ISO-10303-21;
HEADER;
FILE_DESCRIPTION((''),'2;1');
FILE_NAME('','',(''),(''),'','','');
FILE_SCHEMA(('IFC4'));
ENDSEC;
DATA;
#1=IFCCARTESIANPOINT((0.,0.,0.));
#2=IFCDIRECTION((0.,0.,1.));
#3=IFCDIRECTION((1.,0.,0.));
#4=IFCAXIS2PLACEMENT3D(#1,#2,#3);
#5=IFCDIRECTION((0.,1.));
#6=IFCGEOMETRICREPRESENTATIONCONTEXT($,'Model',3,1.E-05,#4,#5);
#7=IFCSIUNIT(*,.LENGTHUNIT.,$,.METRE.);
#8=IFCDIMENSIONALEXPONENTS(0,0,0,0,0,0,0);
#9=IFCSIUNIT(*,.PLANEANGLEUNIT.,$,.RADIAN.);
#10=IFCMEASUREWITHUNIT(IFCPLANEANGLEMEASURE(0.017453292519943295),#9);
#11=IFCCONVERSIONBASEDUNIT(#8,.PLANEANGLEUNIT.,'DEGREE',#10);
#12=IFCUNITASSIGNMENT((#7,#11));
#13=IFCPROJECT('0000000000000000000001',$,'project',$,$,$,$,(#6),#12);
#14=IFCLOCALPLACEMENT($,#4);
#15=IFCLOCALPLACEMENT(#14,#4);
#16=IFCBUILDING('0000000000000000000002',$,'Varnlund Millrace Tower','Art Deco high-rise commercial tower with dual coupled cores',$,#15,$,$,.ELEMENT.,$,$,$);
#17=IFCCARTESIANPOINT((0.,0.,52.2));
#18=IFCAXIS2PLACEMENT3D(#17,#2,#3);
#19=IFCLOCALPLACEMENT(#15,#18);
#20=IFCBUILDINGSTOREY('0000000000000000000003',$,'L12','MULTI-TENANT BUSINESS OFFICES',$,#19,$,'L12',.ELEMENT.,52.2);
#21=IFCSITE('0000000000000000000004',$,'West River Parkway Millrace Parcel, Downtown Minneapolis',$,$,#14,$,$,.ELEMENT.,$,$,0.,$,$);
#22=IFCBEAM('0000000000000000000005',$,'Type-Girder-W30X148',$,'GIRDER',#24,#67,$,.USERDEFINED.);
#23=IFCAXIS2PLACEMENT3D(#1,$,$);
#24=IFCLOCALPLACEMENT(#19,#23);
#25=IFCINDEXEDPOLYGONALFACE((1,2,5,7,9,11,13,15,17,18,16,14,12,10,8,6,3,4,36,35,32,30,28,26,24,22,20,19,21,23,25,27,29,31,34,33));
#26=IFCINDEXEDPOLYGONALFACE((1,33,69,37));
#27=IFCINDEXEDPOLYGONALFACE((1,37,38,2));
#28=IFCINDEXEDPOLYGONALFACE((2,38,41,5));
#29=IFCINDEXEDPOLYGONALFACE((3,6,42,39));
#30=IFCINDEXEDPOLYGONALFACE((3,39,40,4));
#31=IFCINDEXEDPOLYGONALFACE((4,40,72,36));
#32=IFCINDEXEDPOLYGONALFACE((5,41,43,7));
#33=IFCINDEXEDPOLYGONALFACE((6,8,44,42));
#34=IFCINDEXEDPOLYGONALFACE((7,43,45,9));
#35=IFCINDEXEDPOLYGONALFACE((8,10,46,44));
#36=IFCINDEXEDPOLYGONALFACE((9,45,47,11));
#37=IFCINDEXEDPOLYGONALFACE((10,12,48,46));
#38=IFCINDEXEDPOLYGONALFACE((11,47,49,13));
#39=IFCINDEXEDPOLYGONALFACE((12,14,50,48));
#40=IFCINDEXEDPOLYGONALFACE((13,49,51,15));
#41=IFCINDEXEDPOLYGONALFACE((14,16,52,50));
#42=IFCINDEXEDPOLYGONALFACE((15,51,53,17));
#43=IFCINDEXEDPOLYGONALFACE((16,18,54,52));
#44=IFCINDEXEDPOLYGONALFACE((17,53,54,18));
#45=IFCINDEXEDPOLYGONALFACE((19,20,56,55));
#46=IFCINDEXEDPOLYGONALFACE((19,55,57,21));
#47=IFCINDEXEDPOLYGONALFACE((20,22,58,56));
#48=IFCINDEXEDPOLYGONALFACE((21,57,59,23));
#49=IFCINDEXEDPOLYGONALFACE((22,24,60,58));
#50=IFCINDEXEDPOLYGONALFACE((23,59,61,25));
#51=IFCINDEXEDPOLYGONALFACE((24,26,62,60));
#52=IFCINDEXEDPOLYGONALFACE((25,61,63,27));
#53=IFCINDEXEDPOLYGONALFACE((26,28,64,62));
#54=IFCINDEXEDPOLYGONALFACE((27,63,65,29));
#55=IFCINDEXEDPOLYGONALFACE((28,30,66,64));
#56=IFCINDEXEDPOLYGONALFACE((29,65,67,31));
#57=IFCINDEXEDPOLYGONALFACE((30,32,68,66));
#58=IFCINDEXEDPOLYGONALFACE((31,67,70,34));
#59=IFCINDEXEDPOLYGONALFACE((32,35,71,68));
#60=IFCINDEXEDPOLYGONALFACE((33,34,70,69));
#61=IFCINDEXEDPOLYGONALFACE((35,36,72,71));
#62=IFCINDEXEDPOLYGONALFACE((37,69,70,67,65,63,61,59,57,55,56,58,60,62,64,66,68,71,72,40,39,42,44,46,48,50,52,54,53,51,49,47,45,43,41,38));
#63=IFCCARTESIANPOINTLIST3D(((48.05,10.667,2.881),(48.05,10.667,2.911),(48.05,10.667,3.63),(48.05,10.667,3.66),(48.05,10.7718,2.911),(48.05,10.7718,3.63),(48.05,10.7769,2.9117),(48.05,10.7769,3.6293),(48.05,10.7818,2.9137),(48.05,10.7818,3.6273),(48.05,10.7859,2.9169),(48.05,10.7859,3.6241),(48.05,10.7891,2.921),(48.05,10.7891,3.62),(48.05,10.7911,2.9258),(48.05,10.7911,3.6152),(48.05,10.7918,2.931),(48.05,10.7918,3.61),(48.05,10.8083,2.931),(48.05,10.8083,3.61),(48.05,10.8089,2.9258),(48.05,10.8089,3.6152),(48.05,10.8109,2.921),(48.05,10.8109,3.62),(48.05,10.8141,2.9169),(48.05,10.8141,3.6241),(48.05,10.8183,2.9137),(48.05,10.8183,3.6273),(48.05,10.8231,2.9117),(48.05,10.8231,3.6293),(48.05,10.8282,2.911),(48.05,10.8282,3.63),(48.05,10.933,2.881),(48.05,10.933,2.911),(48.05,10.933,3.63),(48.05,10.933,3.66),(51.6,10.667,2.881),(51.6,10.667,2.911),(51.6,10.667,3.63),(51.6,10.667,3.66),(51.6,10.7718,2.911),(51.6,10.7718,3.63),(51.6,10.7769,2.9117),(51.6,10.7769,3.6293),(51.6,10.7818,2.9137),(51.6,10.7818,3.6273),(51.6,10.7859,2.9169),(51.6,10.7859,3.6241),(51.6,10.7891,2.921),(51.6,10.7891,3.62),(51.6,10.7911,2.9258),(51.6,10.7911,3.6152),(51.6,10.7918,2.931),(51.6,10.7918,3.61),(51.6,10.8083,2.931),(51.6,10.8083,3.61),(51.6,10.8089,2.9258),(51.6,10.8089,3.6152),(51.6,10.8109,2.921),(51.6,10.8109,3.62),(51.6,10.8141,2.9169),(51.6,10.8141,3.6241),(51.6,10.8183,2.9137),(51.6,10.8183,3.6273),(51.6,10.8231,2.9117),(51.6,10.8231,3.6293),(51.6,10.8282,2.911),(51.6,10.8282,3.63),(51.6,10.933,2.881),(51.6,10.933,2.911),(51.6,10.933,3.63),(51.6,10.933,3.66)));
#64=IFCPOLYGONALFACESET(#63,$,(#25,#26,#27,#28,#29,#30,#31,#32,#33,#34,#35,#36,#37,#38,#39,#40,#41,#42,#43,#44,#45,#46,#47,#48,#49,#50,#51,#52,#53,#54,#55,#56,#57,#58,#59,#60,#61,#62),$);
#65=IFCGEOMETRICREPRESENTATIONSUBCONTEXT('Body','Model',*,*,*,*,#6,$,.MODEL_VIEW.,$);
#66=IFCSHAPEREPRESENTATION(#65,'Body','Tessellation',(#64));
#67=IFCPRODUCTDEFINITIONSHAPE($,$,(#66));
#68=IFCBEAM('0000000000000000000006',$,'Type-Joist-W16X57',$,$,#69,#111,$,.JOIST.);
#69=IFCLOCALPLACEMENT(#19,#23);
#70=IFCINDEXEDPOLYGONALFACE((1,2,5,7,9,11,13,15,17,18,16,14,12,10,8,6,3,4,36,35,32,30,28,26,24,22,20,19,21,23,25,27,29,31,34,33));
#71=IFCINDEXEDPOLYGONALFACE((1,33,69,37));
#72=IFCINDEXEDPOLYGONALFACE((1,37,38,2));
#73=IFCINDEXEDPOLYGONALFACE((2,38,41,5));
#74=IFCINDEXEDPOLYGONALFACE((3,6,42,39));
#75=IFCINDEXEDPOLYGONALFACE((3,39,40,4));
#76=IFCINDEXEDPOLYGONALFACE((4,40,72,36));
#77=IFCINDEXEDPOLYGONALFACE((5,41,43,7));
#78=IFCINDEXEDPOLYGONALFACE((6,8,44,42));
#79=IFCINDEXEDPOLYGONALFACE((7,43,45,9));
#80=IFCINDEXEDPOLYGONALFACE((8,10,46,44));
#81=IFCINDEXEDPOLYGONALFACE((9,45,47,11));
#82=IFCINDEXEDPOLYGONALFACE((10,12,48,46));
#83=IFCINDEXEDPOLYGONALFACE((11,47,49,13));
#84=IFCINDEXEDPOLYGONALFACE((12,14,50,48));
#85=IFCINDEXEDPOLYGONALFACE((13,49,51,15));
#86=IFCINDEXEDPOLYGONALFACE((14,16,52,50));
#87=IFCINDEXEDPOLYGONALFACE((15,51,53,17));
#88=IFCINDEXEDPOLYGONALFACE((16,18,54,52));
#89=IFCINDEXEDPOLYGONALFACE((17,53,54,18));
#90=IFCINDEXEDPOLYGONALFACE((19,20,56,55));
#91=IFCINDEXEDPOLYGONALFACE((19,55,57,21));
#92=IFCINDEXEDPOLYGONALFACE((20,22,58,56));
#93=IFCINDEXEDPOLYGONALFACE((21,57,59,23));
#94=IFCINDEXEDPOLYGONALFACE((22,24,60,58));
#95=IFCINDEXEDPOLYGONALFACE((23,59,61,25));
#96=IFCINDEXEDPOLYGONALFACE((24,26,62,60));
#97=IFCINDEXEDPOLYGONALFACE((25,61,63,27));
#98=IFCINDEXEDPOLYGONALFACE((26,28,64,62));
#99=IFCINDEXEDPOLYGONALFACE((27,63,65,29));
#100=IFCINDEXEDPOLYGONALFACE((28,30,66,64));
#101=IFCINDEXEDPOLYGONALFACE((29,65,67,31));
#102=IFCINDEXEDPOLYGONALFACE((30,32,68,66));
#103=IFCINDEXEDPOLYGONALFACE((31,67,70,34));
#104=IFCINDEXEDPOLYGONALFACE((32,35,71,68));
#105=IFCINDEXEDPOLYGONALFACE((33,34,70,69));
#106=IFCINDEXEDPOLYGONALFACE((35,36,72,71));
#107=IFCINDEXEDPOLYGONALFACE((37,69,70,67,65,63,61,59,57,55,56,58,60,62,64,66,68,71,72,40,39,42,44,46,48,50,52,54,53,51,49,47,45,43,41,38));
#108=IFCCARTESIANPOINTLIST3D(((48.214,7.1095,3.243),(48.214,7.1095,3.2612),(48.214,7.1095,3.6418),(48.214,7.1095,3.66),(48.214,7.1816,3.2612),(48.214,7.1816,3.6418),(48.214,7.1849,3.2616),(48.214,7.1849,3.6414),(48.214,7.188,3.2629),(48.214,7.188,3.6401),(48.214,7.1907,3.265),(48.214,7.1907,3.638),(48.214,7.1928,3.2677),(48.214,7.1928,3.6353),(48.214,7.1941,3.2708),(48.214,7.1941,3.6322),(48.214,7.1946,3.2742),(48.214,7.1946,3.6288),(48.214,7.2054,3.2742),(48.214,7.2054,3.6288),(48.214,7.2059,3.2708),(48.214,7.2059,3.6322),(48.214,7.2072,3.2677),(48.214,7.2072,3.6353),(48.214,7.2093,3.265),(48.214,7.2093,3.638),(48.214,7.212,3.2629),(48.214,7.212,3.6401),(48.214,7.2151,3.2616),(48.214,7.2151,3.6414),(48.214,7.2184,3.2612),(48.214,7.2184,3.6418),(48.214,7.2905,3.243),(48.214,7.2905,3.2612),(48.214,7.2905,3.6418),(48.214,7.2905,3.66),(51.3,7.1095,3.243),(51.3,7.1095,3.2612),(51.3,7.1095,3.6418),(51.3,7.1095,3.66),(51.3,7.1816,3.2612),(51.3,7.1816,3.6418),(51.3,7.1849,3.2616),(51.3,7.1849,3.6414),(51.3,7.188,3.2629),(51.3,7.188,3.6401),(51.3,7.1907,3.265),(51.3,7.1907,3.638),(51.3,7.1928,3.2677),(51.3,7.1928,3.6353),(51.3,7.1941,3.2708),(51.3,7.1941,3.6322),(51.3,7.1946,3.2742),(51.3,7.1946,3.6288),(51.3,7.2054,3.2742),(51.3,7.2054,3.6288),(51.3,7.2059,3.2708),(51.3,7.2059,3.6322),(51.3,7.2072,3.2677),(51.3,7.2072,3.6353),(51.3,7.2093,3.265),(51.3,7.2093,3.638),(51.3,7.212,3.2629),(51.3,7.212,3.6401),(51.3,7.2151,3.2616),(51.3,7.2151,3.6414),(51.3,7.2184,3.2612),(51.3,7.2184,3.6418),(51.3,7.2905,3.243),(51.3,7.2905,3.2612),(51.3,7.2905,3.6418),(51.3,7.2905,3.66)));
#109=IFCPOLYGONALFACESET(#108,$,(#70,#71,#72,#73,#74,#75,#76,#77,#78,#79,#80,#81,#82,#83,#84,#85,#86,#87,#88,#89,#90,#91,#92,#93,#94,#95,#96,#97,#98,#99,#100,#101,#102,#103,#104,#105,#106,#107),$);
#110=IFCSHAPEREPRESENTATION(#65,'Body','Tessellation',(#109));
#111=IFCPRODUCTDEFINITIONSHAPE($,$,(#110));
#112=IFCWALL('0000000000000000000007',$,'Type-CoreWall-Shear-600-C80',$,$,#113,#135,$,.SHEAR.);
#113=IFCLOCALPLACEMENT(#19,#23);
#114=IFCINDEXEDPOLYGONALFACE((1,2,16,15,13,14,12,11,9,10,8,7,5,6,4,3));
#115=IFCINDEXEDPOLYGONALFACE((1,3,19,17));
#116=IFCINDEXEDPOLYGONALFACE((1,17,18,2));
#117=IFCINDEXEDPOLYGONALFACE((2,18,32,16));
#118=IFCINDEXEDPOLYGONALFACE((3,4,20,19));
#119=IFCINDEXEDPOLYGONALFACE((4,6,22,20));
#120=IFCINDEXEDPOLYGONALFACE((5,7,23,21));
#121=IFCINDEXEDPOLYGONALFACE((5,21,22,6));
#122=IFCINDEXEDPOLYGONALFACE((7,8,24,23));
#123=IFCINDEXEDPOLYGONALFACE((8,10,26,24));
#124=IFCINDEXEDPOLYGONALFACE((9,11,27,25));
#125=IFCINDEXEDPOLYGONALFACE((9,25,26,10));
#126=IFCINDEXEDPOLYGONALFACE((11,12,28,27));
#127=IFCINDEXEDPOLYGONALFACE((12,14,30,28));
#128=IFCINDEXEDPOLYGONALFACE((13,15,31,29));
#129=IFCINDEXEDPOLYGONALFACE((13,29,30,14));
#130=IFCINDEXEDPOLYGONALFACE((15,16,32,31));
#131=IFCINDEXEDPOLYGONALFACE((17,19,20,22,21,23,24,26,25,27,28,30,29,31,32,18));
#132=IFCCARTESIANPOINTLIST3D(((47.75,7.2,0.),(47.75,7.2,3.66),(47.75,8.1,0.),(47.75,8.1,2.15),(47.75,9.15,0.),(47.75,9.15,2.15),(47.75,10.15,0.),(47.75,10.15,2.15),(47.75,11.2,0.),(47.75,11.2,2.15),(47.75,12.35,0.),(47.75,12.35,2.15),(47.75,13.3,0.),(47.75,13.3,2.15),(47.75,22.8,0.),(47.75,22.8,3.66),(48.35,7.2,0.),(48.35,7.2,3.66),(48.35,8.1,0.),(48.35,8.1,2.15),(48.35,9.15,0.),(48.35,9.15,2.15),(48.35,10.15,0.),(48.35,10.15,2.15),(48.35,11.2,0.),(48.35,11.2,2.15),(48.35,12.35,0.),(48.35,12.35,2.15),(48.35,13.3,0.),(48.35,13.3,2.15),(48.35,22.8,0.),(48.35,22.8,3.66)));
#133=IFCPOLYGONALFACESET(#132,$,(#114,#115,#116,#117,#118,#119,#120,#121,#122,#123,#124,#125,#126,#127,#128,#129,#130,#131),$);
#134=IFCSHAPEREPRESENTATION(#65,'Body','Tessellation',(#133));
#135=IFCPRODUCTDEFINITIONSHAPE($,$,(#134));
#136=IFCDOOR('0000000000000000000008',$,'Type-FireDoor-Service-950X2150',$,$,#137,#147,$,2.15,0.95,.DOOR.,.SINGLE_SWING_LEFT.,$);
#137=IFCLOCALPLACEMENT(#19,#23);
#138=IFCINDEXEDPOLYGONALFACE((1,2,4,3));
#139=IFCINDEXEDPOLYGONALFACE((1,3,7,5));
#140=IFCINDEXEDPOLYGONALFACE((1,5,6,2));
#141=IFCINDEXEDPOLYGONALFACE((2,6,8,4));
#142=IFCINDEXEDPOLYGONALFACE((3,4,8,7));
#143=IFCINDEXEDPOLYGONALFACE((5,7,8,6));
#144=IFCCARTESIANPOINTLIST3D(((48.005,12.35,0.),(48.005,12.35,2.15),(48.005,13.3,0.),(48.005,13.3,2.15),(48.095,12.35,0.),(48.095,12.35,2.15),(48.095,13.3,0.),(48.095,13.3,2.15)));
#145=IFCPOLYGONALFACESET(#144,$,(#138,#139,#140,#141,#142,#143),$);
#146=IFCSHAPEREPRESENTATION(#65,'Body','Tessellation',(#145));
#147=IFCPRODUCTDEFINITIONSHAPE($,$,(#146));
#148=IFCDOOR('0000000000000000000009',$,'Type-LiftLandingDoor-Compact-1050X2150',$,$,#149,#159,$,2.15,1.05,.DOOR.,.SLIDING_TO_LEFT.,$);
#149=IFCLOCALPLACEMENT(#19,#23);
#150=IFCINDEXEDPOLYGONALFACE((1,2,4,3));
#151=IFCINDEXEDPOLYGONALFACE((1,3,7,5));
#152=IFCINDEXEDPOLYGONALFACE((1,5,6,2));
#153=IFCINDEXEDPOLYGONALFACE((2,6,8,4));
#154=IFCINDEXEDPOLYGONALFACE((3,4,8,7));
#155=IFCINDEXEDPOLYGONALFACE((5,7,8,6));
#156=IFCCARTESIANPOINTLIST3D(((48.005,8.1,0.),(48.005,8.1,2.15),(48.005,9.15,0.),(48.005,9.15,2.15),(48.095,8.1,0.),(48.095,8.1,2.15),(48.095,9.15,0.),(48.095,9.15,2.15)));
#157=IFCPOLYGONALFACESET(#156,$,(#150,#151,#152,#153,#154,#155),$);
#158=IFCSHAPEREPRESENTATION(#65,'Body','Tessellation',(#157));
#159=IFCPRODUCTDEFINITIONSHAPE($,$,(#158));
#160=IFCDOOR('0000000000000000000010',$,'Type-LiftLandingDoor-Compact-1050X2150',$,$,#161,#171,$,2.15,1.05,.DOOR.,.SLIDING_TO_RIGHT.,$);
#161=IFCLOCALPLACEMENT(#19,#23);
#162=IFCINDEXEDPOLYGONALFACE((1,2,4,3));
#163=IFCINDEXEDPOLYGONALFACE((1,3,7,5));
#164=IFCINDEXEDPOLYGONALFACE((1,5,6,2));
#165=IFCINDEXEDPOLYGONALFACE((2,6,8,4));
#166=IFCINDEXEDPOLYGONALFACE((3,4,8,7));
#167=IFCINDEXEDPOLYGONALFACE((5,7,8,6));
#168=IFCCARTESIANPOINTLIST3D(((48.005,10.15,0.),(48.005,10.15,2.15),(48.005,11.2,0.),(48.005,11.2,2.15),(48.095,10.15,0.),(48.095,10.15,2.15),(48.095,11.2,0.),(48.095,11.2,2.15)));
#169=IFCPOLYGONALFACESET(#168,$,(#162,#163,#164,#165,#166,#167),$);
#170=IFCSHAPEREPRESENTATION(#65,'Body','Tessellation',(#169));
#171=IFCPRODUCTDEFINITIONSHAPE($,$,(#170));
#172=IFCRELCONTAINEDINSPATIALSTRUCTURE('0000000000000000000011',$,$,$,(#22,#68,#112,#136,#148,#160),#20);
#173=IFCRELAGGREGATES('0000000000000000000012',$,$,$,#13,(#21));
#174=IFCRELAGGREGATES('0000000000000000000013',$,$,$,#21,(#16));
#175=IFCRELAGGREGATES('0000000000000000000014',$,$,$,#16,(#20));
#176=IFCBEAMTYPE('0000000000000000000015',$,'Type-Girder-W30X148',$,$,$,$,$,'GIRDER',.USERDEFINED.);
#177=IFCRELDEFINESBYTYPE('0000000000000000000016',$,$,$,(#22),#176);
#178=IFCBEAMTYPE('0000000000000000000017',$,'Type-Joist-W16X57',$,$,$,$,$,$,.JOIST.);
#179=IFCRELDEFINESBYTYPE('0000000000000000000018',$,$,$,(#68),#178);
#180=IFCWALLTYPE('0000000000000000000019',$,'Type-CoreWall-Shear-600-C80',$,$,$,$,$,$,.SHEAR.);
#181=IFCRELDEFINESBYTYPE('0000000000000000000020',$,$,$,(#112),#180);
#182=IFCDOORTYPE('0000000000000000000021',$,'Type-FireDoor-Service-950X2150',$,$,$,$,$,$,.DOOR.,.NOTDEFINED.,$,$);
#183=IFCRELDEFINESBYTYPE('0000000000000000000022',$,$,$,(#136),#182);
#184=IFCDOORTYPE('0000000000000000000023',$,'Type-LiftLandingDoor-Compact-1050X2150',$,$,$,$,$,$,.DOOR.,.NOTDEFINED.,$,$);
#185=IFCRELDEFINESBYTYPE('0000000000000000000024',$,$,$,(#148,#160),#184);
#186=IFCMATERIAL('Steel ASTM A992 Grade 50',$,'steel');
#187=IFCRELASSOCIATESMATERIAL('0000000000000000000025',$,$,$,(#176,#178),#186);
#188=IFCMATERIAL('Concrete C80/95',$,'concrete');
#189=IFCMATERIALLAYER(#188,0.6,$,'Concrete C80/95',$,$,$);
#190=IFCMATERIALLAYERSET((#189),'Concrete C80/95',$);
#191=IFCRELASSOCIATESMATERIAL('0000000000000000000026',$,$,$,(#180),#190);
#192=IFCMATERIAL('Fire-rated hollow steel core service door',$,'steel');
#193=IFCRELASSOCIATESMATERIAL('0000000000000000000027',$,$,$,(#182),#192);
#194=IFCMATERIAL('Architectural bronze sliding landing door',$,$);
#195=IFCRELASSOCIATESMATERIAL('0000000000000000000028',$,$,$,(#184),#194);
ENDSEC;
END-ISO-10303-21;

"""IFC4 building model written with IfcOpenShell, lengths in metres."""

from ifc_helpers import new_model, entity, si_unit, converted_unit, direction, frame, origin_with_axes, origin_2d_with_axis, place, context, subcontext, project, spatial, polyline, rectangle, i_section, outline, extrude, material, layer, layer_set, material_profile, profile_set, type_object, element, fill, save


model = new_model("IFC4")

# Units and contexts
model_context = context("Model", 3, precision=1e-05, world=origin_with_axes(), true_north=direction((0.0, 1.0)))
body_context = subcontext(model_context, "Body", "Model", "MODEL_VIEW")
ifc_project = project(units=[si_unit("LENGTHUNIT", "METRE"), converted_unit("PLANEANGLEUNIT", "DEGREE", entity("IfcPlaneAngleMeasure", 0.017453292519943295), si_unit("PLANEANGLEUNIT", "RADIAN"), dimensions=[0, 0, 0, 0, 0, 0, 0])], contexts=[model_context])

# Site, building, storey
site_placement = place(None, origin_with_axes())
site = spatial("IfcSite", under=ifc_project, at=site_placement, Name="West River Parkway Millrace Parcel, Downtown Minneapolis", CompositionType="ELEMENT", RefElevation=0.0)
building_placement = place(site_placement, origin_with_axes())
building = spatial("IfcBuilding", under=site, at=building_placement, Name="Varnlund Millrace Tower", Description="Art Deco high-rise commercial tower with dual coupled cores", CompositionType="ELEMENT")
storey_placement = place(building_placement, frame((0.0, 0.0, 52.2), z_axis=(0.0, 0.0, 1.0), x_axis=(1.0, 0.0, 0.0)))
storey = spatial("IfcBuildingStorey", under=building, at=storey_placement, Name="L12", Description="MULTI-TENANT BUSINESS OFFICES", LongName="L12", CompositionType="ELEMENT", Elevation=52.2)

# Shared definitions
ifc_material_1 = material(Name="Concrete C80/95", Category="concrete")

# Beams
ifc_material_2 = material(Name="Steel ASTM A992 Grade 50", Category="steel")
ifc_material_profile_1 = material_profile(ifc_material_2, i_section(OverallWidth=0.266, OverallDepth=0.779, WebThickness=0.0165, FlangeThickness=0.03, FilletRadius=0.02, at=origin_2d_with_axis()), Name="Steel ASTM A992 Grade 50")
ifc_profile_set_1 = profile_set([ifc_material_profile_1], Name="Steel ASTM A992 Grade 50")
beam_type_1 = type_object("IfcBeamType", Name="Type-Girder-W30X148", ElementType="GIRDER", PredefinedType="USERDEFINED", material=ifc_profile_set_1)
for number, where, z_axis, x_axis, name in (
    (1, (48.05, 10.8, 3.2705), (1.0, 0.0, 0.0), (0.0, 1.0, 0.0), "Type-Girder-W30X148"),
):
    element("IfcBeam", number, at=place(storey_placement, frame(where, z_axis=z_axis, x_axis=x_axis)), inside=storey, type_object=beam_type_1, Name=name, ObjectType="GIRDER", PredefinedType="USERDEFINED", context=body_context, shape_type="SweptSolid", body=[
        extrude(i_section(OverallWidth=0.266, OverallDepth=0.779, WebThickness=0.0165, FlangeThickness=0.03, FilletRadius=0.02, at=origin_2d_with_axis()), origin_with_axes(), (0.0, 0.0, 1.0), 3.55),
    ])
ifc_material_profile_2 = material_profile(ifc_material_2, i_section(OverallWidth=0.181, OverallDepth=0.417, WebThickness=0.0109, FlangeThickness=0.0182, FilletRadius=0.013, at=origin_2d_with_axis()), Name="Steel ASTM A992 Grade 50")
ifc_profile_set_2 = profile_set([ifc_material_profile_2], Name="Steel ASTM A992 Grade 50")
beam_type_2 = type_object("IfcBeamType", Name="Type-Joist-W16X57", PredefinedType="JOIST", material=ifc_profile_set_2)
beam_1_placement = place(storey_placement, frame((48.214, 7.2, 3.4515), z_axis=(1.0, 0.0, 0.0), x_axis=(0.0, 1.0, 0.0)))
element("IfcBeam", 2, at=beam_1_placement, inside=storey, type_object=beam_type_2, Name="Type-Joist-W16X57", PredefinedType="JOIST", context=body_context, shape_type="SweptSolid", body=[
    extrude(i_section(OverallWidth=0.181, OverallDepth=0.417, WebThickness=0.0109, FlangeThickness=0.0182, FilletRadius=0.013, at=origin_2d_with_axis()), origin_with_axes(), (0.0, 0.0, 1.0), 3.086),
])

# Wall, openings, doors
ifc_layer_1 = layer(ifc_material_1, 0.6, Name="Concrete C80/95")
ifc_layer_set_1 = layer_set([ifc_layer_1], Name="Concrete C80/95")
wall_type_1 = type_object("IfcWallType", Name="Type-CoreWall-Shear-600-C80", PredefinedType="SHEAR", material=ifc_layer_set_1)
wall_1_placement = place(storey_placement, frame((48.05, 7.2, 0.0), z_axis=(0.0, 0.0, 1.0), x_axis=(0.0, 1.0, 0.0)))
wall_1 = element("IfcWall", 3, at=wall_1_placement, inside=storey, type_object=wall_type_1, Name="Type-CoreWall-Shear-600-C80", PredefinedType="SHEAR", context=body_context, shape_type="SweptSolid", body=[
    extrude(outline(polyline([(0.0, -0.3), (15.6, -0.3), (15.6, 0.3), (0.0, 0.3), (0.0, -0.3)])), origin_with_axes(), (0.0, 0.0, 1.0), 3.66),
])
opening_1_placement = place(wall_1_placement, frame((1.425, 0.0, 0.0), z_axis=(0.0, 0.0, 1.0), x_axis=(1.0, 0.0, 0.0)))
opening_1 = element("IfcOpeningElement", 4, at=opening_1_placement, cuts=wall_1, PredefinedType="OPENING", context=body_context, shape_type="SweptSolid", body=[
    extrude(rectangle(XDim=1.05, YDim=0.62, at=origin_2d_with_axis()), origin_with_axes(), (0.0, 0.0, 1.0), 2.15),
])
opening_2_placement = place(wall_1_placement, frame((3.475, 0.0, 0.0), z_axis=(0.0, 0.0, 1.0), x_axis=(1.0, 0.0, 0.0)))
opening_2 = element("IfcOpeningElement", 5, at=opening_2_placement, cuts=wall_1, PredefinedType="OPENING", context=body_context, shape_type="SweptSolid", body=[
    extrude(rectangle(XDim=1.05, YDim=0.62, at=origin_2d_with_axis()), origin_with_axes(), (0.0, 0.0, 1.0), 2.15),
])
opening_3_placement = place(wall_1_placement, frame((5.625, 0.0, 0.0), z_axis=(0.0, 0.0, 1.0), x_axis=(1.0, 0.0, 0.0)))
opening_3 = element("IfcOpeningElement", 6, at=opening_3_placement, cuts=wall_1, PredefinedType="OPENING", context=body_context, shape_type="SweptSolid", body=[
    extrude(rectangle(XDim=0.95, YDim=0.62, at=origin_2d_with_axis()), origin_with_axes(), (0.0, 0.0, 1.0), 2.15),
])
ifc_material_3 = material(Name="Fire-rated hollow steel core service door", Category="steel")
door_type_1 = type_object("IfcDoorType", Name="Type-FireDoor-Service-950X2150", OperationType="NOTDEFINED", PredefinedType="DOOR", material=ifc_material_3)
door_1_placement = place(wall_1_placement, frame((5.625, 0.0, 0.0), z_axis=(0.0, 0.0, 1.0), x_axis=(1.0, 0.0, 0.0)))
door_1 = element("IfcDoor", 7, at=door_1_placement, inside=storey, type_object=door_type_1, Name="Type-FireDoor-Service-950X2150", OperationType="SINGLE_SWING_LEFT", OverallHeight=2.15, OverallWidth=0.95, PredefinedType="DOOR", context=body_context, shape_type="SweptSolid", body=[
    extrude(rectangle(XDim=0.95, YDim=0.09, at=origin_2d_with_axis()), origin_with_axes(), (0.0, 0.0, 1.0), 2.15),
])
fill(opening_3, door_1)
ifc_material_4 = material(Name="Architectural bronze sliding landing door")
door_type_2 = type_object("IfcDoorType", Name="Type-LiftLandingDoor-Compact-1050X2150", OperationType="NOTDEFINED", PredefinedType="DOOR", material=ifc_material_4)
door_2_placement = place(wall_1_placement, frame((1.425, 0.0, 0.0), z_axis=(0.0, 0.0, 1.0), x_axis=(1.0, 0.0, 0.0)))
door_2 = element("IfcDoor", 8, at=door_2_placement, inside=storey, type_object=door_type_2, Name="Type-LiftLandingDoor-Compact-1050X2150", OperationType="SLIDING_TO_LEFT", OverallHeight=2.15, OverallWidth=1.05, PredefinedType="DOOR", context=body_context, shape_type="SweptSolid", body=[
    extrude(rectangle(XDim=1.05, YDim=0.09, at=origin_2d_with_axis()), origin_with_axes(), (0.0, 0.0, 1.0), 2.15),
])
fill(opening_1, door_2)
door_3_placement = place(wall_1_placement, frame((3.475, 0.0, 0.0), z_axis=(0.0, 0.0, 1.0), x_axis=(1.0, 0.0, 0.0)))
door_3 = element("IfcDoor", 9, at=door_3_placement, inside=storey, type_object=door_type_2, Name="Type-LiftLandingDoor-Compact-1050X2150", OperationType="SLIDING_TO_RIGHT", OverallHeight=2.15, OverallWidth=1.05, PredefinedType="DOOR", context=body_context, shape_type="SweptSolid", body=[
    extrude(rectangle(XDim=1.05, YDim=0.09, at=origin_2d_with_axis()), origin_with_axes(), (0.0, 0.0, 1.0), 2.15),
])
fill(opening_2, door_3)

save(model, "model.ifc")
